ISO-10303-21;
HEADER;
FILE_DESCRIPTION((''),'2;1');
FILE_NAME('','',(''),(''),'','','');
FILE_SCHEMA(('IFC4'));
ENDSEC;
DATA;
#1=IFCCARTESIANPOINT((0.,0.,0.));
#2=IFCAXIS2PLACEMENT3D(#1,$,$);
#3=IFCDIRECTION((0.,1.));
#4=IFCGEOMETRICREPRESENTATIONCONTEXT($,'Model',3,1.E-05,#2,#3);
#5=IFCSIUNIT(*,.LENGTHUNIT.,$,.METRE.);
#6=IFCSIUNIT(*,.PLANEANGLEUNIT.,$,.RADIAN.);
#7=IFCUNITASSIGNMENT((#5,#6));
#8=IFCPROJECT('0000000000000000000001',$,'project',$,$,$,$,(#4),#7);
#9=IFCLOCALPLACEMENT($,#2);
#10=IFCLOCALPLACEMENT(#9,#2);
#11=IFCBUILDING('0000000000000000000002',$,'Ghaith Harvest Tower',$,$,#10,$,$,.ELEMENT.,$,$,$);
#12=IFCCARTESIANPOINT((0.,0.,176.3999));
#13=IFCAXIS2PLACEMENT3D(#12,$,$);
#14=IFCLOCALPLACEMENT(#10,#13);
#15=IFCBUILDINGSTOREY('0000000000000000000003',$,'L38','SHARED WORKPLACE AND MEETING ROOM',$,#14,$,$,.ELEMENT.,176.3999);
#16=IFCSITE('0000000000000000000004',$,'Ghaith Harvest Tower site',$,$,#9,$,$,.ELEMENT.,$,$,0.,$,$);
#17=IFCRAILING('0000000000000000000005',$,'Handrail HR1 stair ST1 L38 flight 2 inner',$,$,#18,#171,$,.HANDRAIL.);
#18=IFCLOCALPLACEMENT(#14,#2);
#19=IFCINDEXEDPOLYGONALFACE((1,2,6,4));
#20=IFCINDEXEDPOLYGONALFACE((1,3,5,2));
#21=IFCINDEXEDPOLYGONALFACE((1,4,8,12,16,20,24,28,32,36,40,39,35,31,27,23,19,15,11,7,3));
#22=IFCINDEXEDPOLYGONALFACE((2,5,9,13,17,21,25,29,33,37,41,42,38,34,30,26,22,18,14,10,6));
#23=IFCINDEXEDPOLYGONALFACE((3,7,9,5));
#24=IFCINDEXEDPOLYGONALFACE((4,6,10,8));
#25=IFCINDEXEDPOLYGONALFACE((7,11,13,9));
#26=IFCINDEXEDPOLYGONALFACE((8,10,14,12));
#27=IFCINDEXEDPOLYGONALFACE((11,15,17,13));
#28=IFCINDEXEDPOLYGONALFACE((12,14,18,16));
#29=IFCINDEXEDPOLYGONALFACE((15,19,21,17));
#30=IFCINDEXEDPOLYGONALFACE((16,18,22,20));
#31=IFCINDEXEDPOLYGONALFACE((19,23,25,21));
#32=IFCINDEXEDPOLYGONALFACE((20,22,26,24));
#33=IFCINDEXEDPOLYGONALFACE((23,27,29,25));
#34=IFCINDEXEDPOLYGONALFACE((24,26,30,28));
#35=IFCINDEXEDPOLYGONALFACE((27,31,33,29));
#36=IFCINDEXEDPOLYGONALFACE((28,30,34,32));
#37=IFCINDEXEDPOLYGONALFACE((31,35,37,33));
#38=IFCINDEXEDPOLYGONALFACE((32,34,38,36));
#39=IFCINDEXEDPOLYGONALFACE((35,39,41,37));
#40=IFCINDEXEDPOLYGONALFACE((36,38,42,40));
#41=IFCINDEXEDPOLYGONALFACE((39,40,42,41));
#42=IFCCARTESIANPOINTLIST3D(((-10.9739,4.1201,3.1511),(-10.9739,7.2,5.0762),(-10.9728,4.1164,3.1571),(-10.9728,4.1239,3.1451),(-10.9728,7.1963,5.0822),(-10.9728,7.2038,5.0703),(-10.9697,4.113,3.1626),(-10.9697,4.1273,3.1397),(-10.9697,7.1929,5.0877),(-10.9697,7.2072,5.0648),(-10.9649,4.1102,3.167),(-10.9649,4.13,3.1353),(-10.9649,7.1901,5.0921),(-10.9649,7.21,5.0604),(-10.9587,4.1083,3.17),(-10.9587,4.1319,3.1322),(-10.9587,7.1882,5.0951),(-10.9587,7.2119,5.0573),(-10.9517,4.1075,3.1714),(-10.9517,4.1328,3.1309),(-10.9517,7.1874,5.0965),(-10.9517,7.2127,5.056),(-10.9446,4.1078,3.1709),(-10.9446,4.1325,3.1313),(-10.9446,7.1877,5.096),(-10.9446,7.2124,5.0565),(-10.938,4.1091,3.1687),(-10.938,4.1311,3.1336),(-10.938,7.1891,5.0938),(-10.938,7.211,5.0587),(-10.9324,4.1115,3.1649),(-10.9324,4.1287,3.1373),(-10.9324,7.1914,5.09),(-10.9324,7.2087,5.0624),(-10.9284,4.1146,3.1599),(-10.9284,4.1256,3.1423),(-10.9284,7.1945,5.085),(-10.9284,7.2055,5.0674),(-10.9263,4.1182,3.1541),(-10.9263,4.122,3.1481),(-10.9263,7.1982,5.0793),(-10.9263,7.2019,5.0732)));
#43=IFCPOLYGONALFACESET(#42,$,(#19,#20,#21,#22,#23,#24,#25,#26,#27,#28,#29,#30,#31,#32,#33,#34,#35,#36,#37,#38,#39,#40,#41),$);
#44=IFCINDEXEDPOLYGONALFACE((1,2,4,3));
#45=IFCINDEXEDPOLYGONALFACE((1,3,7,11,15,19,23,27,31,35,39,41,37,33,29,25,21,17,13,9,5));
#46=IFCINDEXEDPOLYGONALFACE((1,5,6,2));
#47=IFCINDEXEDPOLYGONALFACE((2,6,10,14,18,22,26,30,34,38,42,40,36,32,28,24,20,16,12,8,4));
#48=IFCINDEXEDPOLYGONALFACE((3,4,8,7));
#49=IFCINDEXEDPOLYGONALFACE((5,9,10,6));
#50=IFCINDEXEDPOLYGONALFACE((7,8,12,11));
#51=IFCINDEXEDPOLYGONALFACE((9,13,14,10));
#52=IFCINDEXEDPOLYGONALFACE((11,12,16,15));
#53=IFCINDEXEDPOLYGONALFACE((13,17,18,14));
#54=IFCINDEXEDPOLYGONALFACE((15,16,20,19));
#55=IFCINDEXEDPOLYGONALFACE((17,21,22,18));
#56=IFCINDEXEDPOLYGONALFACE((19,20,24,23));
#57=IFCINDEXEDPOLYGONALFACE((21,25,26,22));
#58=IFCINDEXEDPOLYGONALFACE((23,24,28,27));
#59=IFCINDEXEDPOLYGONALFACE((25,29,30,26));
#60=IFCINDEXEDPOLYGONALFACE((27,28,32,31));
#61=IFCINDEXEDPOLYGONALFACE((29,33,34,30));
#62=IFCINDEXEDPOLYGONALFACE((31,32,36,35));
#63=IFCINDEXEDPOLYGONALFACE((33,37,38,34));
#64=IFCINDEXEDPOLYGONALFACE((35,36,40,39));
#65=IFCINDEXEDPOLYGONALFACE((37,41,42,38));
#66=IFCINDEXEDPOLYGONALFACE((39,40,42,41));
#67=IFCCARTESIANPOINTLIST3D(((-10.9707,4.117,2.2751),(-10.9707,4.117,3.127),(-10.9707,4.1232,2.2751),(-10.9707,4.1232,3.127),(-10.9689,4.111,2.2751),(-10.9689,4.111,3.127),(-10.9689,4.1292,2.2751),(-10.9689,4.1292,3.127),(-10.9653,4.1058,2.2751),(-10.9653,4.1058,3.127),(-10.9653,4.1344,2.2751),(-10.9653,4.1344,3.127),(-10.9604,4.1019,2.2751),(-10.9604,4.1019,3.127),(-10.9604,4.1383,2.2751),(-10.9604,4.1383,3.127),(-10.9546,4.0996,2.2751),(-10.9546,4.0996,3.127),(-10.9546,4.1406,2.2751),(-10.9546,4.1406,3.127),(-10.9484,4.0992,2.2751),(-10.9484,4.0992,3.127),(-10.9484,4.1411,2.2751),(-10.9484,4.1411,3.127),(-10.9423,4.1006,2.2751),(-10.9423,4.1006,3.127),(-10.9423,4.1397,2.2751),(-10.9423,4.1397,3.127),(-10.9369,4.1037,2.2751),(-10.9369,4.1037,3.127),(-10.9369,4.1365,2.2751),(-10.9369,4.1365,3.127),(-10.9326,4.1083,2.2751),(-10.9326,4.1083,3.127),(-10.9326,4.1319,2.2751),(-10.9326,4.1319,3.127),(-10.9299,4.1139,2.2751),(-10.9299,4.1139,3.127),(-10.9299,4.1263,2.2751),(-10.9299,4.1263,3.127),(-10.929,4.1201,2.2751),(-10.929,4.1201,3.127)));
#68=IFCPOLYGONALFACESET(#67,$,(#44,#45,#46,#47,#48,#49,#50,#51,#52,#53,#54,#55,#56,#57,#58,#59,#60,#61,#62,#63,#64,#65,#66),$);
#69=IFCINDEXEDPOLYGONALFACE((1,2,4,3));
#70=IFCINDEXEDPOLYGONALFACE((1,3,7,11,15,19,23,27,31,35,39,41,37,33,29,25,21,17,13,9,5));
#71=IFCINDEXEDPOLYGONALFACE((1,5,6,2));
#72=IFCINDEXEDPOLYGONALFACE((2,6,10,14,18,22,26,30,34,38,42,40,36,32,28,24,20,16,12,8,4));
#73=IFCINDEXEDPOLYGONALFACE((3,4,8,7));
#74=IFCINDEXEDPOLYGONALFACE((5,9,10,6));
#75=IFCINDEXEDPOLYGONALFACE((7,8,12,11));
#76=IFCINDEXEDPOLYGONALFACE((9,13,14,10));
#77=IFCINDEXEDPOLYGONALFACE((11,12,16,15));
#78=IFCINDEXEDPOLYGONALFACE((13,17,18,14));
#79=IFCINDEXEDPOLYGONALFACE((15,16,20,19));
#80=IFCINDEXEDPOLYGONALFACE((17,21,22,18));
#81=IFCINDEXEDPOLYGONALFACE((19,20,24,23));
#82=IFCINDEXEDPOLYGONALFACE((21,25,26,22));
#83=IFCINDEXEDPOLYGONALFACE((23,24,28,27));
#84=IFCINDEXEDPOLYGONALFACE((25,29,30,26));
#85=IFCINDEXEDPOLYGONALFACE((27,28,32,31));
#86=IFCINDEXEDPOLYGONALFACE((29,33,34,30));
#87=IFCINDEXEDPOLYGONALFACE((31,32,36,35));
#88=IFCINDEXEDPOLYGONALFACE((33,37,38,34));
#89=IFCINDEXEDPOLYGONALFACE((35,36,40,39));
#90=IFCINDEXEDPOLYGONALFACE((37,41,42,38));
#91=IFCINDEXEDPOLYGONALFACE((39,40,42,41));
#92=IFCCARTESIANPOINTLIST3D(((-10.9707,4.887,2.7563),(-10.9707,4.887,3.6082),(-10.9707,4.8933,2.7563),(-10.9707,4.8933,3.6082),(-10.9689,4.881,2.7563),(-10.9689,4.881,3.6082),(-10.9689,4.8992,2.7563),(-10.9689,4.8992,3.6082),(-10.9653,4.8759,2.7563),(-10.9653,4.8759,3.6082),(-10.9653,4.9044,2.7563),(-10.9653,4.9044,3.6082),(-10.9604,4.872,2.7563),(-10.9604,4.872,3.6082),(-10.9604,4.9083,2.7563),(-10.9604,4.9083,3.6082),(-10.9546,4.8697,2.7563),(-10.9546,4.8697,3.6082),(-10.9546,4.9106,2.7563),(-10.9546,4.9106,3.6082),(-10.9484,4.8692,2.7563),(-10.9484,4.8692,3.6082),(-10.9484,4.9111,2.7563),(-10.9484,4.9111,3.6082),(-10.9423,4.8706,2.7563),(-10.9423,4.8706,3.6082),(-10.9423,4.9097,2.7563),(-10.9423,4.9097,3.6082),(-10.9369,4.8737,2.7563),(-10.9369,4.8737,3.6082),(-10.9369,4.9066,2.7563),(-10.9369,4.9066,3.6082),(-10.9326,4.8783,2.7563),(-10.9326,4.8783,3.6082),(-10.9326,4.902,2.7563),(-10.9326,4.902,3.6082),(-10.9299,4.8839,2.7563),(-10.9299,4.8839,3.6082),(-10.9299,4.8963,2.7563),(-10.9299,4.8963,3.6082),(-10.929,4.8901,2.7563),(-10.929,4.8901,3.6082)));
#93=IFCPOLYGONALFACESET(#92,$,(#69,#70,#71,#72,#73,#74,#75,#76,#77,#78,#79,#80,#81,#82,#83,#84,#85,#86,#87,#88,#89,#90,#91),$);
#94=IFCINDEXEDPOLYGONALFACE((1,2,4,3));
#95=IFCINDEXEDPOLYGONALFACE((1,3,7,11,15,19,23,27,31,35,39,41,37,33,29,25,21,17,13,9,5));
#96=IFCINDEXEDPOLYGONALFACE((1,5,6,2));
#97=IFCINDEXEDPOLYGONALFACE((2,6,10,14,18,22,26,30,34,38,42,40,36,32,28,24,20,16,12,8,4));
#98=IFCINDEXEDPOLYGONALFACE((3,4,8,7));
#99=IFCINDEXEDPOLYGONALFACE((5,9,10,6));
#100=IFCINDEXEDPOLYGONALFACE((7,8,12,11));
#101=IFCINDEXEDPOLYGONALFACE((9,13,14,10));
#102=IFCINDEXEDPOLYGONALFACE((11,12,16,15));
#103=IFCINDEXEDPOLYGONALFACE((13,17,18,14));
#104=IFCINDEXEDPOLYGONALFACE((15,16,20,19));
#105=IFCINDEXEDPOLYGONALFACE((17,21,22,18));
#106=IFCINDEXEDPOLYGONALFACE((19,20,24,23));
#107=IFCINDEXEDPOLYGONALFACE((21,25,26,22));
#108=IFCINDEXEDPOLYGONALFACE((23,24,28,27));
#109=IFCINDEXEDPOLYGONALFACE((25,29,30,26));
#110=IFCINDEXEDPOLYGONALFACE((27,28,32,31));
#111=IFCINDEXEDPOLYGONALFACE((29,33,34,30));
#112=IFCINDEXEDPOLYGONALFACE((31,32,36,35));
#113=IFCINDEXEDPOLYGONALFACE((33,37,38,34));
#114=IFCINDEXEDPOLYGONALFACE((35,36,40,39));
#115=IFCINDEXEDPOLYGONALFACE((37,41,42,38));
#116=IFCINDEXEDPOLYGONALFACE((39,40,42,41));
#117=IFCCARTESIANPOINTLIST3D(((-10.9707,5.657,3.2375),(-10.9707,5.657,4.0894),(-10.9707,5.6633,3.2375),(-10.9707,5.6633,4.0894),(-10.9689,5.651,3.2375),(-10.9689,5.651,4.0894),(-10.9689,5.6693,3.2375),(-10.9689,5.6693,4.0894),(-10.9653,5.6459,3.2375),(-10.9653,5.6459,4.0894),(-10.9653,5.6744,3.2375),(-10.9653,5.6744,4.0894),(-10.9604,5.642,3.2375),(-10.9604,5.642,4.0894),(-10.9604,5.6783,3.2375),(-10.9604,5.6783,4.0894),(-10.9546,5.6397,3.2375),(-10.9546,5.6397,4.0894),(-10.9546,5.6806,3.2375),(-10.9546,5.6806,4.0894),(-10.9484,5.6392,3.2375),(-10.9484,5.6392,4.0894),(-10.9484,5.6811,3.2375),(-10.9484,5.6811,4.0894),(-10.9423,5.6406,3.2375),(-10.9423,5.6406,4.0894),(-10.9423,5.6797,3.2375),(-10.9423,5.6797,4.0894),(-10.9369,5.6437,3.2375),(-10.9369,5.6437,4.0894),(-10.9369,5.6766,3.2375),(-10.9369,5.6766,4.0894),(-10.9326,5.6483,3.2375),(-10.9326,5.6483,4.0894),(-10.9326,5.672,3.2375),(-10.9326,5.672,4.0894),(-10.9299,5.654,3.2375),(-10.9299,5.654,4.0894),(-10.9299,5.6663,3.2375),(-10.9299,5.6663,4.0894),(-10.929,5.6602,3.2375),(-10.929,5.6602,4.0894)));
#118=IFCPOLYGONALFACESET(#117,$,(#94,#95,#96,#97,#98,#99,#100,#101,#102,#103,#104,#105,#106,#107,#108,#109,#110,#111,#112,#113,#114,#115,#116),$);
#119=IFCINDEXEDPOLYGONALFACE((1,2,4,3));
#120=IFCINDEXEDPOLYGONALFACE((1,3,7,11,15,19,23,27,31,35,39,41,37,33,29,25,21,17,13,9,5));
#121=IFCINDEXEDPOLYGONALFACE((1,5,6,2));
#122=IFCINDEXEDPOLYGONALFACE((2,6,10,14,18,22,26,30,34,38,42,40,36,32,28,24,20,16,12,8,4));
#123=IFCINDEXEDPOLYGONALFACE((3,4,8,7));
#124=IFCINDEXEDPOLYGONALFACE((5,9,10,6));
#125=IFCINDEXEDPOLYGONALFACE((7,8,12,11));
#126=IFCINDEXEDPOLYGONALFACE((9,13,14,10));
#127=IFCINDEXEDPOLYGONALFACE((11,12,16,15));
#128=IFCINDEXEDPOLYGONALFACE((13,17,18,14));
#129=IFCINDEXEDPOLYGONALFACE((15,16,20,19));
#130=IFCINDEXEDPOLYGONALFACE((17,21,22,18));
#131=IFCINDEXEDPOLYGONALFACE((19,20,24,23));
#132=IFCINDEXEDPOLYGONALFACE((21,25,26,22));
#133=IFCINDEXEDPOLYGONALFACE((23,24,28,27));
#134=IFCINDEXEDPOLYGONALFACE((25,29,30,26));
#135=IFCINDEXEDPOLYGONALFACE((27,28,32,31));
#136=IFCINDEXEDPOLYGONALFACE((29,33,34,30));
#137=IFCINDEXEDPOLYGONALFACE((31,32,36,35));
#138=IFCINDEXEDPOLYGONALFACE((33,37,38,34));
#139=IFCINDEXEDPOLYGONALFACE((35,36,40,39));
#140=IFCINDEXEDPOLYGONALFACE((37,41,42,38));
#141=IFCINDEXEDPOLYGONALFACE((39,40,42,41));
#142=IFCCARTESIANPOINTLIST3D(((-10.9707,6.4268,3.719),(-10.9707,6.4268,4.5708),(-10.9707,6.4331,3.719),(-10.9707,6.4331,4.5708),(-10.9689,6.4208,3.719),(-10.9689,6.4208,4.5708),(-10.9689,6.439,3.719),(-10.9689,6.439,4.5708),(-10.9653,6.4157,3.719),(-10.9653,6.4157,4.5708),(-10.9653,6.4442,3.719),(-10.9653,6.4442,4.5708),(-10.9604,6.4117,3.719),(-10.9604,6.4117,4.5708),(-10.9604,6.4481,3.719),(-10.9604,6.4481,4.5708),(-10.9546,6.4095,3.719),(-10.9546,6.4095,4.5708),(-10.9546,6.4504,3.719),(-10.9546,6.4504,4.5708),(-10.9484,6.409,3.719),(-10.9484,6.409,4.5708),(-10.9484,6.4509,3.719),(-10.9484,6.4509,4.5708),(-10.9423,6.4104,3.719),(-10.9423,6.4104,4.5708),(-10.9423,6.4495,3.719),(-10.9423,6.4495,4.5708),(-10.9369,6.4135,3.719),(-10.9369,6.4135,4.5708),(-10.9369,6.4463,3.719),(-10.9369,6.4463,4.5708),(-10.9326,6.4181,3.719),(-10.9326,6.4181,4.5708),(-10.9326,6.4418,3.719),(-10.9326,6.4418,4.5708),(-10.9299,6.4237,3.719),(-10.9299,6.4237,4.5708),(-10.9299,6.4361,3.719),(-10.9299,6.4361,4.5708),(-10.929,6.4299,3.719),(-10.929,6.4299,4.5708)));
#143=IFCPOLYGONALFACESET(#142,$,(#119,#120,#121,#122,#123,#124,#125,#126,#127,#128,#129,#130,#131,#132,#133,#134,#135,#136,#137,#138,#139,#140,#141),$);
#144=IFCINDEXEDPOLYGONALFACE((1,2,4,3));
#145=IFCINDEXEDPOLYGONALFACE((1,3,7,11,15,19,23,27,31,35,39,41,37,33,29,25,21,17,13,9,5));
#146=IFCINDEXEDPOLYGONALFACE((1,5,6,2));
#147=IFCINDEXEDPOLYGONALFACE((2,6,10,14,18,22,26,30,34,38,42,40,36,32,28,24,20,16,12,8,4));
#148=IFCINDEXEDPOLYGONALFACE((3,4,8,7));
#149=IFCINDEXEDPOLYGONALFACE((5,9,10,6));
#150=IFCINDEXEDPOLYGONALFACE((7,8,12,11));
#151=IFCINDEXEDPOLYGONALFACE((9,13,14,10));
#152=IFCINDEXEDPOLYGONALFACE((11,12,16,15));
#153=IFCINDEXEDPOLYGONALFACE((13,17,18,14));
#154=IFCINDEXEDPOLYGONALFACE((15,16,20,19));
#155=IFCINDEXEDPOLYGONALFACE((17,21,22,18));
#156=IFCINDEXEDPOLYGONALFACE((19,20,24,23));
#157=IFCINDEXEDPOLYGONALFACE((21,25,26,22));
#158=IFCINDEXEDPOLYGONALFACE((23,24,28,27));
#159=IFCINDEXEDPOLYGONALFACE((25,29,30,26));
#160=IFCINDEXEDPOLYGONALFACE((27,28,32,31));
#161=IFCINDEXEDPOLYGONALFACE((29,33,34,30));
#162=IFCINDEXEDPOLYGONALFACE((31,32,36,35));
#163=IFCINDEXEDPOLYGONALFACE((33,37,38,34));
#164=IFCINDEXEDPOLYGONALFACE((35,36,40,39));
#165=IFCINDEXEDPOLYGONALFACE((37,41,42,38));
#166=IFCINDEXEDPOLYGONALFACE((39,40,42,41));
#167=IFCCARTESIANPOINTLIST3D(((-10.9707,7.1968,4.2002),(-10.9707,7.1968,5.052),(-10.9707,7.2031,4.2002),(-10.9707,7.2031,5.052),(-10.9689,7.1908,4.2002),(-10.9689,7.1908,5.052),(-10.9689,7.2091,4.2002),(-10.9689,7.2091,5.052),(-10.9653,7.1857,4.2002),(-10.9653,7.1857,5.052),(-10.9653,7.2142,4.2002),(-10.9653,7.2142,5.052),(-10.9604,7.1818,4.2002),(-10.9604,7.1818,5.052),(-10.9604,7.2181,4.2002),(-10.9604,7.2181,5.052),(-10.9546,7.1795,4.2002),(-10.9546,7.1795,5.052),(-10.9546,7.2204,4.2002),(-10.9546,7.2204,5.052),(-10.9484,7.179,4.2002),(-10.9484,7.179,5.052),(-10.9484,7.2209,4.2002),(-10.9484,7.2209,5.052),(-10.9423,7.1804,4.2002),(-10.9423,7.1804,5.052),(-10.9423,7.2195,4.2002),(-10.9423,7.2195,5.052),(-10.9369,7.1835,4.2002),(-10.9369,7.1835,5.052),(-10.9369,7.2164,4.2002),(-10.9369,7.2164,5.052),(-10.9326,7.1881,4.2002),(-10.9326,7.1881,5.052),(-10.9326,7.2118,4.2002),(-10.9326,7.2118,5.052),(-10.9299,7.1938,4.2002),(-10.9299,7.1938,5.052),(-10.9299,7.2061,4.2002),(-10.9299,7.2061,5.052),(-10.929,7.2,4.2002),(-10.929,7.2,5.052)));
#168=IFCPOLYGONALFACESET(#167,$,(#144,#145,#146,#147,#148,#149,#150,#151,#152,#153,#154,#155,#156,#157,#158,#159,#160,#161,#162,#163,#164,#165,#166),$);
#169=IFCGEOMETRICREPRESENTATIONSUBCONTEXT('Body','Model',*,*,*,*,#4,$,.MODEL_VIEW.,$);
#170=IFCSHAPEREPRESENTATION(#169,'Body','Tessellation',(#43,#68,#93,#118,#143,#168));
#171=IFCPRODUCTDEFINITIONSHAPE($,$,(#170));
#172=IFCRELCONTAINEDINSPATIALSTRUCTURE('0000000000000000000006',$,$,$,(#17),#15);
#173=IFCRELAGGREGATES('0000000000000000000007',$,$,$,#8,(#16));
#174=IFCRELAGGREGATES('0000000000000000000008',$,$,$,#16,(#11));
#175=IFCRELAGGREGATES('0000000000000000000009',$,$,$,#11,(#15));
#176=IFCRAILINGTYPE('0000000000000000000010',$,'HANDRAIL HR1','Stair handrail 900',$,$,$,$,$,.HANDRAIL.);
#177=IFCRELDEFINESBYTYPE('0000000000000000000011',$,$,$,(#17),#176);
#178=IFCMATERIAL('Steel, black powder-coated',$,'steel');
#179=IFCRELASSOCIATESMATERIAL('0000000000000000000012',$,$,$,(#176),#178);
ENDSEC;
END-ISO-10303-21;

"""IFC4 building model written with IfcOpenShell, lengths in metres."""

from ifc_helpers import new_model, si_unit, direction, frame, origin, origin_2d, place, context, subcontext, project, spatial, circle, extrude, material, type_object, element, save


model = new_model("IFC4")

# Units and contexts
model_context = context("Model", 3, precision=1e-05, world=origin(), true_north=direction((0.0, 1.0)))
body_context = subcontext(model_context, "Body", "Model", "MODEL_VIEW")
ifc_project = project(units=[si_unit("LENGTHUNIT", "METRE"), si_unit("PLANEANGLEUNIT", "RADIAN")], contexts=[model_context])

# Site, building, storey
site_placement = place(None, origin())
site = spatial("IfcSite", under=ifc_project, at=site_placement, Name="Ghaith Harvest Tower site", CompositionType="ELEMENT", RefElevation=0.0)
building_placement = place(site_placement, origin())
building = spatial("IfcBuilding", under=site, at=building_placement, Name="Ghaith Harvest Tower", CompositionType="ELEMENT")
storey_placement = place(building_placement, frame((0.0, 0.0, 176.3999)))
storey = spatial("IfcBuildingStorey", under=building, at=storey_placement, Name="L38", Description="SHARED WORKPLACE AND MEETING ROOM", CompositionType="ELEMENT", Elevation=176.3999)

# Railing
ifc_material_1 = material(Name="Steel, black powder-coated", Category="steel")
railing_type = type_object("IfcRailingType", Name="HANDRAIL HR1", Description="Stair handrail 900", PredefinedType="HANDRAIL", material=ifc_material_1)
railing_1_placement = place(storey_placement, frame((-10.95, 4.1201, 2.2751)))
element("IfcRailing", 1, at=railing_1_placement, inside=storey, type_object=railing_type, Name="Handrail HR1 stair ST1 L38 flight 2 inner", PredefinedType="HANDRAIL", context=body_context, shape_type="SweptSolid", body=[
    extrude(circle(Radius=0.0239, at=origin_2d()), frame((0.0, 0.0, 0.876), z_axis=(0.0, 0.847979, 0.530029), x_axis=(-1.0, 0.0, 0.0)), (0.0, 0.0, 1.0), 3.6321),
    extrude(circle(Radius=0.021, at=origin_2d()), origin(), (0.0, 0.0, 1.0), 0.8518),
    extrude(circle(Radius=0.021, at=origin_2d()), frame((0.0, 0.77, 0.4812)), (0.0, 0.0, 1.0), 0.8518),
    extrude(circle(Radius=0.021, at=origin_2d()), frame((0.0, 1.54, 0.9624)), (0.0, 0.0, 1.0), 0.8518),
    extrude(circle(Radius=0.021, at=origin_2d()), frame((0.0, 2.3098, 1.4438)), (0.0, 0.0, 1.0), 0.8518),
    extrude(circle(Radius=0.021, at=origin_2d()), frame((0.0, 3.0798, 1.925)), (0.0, 0.0, 1.0), 0.8518),
])

save(model, "model.ifc")
